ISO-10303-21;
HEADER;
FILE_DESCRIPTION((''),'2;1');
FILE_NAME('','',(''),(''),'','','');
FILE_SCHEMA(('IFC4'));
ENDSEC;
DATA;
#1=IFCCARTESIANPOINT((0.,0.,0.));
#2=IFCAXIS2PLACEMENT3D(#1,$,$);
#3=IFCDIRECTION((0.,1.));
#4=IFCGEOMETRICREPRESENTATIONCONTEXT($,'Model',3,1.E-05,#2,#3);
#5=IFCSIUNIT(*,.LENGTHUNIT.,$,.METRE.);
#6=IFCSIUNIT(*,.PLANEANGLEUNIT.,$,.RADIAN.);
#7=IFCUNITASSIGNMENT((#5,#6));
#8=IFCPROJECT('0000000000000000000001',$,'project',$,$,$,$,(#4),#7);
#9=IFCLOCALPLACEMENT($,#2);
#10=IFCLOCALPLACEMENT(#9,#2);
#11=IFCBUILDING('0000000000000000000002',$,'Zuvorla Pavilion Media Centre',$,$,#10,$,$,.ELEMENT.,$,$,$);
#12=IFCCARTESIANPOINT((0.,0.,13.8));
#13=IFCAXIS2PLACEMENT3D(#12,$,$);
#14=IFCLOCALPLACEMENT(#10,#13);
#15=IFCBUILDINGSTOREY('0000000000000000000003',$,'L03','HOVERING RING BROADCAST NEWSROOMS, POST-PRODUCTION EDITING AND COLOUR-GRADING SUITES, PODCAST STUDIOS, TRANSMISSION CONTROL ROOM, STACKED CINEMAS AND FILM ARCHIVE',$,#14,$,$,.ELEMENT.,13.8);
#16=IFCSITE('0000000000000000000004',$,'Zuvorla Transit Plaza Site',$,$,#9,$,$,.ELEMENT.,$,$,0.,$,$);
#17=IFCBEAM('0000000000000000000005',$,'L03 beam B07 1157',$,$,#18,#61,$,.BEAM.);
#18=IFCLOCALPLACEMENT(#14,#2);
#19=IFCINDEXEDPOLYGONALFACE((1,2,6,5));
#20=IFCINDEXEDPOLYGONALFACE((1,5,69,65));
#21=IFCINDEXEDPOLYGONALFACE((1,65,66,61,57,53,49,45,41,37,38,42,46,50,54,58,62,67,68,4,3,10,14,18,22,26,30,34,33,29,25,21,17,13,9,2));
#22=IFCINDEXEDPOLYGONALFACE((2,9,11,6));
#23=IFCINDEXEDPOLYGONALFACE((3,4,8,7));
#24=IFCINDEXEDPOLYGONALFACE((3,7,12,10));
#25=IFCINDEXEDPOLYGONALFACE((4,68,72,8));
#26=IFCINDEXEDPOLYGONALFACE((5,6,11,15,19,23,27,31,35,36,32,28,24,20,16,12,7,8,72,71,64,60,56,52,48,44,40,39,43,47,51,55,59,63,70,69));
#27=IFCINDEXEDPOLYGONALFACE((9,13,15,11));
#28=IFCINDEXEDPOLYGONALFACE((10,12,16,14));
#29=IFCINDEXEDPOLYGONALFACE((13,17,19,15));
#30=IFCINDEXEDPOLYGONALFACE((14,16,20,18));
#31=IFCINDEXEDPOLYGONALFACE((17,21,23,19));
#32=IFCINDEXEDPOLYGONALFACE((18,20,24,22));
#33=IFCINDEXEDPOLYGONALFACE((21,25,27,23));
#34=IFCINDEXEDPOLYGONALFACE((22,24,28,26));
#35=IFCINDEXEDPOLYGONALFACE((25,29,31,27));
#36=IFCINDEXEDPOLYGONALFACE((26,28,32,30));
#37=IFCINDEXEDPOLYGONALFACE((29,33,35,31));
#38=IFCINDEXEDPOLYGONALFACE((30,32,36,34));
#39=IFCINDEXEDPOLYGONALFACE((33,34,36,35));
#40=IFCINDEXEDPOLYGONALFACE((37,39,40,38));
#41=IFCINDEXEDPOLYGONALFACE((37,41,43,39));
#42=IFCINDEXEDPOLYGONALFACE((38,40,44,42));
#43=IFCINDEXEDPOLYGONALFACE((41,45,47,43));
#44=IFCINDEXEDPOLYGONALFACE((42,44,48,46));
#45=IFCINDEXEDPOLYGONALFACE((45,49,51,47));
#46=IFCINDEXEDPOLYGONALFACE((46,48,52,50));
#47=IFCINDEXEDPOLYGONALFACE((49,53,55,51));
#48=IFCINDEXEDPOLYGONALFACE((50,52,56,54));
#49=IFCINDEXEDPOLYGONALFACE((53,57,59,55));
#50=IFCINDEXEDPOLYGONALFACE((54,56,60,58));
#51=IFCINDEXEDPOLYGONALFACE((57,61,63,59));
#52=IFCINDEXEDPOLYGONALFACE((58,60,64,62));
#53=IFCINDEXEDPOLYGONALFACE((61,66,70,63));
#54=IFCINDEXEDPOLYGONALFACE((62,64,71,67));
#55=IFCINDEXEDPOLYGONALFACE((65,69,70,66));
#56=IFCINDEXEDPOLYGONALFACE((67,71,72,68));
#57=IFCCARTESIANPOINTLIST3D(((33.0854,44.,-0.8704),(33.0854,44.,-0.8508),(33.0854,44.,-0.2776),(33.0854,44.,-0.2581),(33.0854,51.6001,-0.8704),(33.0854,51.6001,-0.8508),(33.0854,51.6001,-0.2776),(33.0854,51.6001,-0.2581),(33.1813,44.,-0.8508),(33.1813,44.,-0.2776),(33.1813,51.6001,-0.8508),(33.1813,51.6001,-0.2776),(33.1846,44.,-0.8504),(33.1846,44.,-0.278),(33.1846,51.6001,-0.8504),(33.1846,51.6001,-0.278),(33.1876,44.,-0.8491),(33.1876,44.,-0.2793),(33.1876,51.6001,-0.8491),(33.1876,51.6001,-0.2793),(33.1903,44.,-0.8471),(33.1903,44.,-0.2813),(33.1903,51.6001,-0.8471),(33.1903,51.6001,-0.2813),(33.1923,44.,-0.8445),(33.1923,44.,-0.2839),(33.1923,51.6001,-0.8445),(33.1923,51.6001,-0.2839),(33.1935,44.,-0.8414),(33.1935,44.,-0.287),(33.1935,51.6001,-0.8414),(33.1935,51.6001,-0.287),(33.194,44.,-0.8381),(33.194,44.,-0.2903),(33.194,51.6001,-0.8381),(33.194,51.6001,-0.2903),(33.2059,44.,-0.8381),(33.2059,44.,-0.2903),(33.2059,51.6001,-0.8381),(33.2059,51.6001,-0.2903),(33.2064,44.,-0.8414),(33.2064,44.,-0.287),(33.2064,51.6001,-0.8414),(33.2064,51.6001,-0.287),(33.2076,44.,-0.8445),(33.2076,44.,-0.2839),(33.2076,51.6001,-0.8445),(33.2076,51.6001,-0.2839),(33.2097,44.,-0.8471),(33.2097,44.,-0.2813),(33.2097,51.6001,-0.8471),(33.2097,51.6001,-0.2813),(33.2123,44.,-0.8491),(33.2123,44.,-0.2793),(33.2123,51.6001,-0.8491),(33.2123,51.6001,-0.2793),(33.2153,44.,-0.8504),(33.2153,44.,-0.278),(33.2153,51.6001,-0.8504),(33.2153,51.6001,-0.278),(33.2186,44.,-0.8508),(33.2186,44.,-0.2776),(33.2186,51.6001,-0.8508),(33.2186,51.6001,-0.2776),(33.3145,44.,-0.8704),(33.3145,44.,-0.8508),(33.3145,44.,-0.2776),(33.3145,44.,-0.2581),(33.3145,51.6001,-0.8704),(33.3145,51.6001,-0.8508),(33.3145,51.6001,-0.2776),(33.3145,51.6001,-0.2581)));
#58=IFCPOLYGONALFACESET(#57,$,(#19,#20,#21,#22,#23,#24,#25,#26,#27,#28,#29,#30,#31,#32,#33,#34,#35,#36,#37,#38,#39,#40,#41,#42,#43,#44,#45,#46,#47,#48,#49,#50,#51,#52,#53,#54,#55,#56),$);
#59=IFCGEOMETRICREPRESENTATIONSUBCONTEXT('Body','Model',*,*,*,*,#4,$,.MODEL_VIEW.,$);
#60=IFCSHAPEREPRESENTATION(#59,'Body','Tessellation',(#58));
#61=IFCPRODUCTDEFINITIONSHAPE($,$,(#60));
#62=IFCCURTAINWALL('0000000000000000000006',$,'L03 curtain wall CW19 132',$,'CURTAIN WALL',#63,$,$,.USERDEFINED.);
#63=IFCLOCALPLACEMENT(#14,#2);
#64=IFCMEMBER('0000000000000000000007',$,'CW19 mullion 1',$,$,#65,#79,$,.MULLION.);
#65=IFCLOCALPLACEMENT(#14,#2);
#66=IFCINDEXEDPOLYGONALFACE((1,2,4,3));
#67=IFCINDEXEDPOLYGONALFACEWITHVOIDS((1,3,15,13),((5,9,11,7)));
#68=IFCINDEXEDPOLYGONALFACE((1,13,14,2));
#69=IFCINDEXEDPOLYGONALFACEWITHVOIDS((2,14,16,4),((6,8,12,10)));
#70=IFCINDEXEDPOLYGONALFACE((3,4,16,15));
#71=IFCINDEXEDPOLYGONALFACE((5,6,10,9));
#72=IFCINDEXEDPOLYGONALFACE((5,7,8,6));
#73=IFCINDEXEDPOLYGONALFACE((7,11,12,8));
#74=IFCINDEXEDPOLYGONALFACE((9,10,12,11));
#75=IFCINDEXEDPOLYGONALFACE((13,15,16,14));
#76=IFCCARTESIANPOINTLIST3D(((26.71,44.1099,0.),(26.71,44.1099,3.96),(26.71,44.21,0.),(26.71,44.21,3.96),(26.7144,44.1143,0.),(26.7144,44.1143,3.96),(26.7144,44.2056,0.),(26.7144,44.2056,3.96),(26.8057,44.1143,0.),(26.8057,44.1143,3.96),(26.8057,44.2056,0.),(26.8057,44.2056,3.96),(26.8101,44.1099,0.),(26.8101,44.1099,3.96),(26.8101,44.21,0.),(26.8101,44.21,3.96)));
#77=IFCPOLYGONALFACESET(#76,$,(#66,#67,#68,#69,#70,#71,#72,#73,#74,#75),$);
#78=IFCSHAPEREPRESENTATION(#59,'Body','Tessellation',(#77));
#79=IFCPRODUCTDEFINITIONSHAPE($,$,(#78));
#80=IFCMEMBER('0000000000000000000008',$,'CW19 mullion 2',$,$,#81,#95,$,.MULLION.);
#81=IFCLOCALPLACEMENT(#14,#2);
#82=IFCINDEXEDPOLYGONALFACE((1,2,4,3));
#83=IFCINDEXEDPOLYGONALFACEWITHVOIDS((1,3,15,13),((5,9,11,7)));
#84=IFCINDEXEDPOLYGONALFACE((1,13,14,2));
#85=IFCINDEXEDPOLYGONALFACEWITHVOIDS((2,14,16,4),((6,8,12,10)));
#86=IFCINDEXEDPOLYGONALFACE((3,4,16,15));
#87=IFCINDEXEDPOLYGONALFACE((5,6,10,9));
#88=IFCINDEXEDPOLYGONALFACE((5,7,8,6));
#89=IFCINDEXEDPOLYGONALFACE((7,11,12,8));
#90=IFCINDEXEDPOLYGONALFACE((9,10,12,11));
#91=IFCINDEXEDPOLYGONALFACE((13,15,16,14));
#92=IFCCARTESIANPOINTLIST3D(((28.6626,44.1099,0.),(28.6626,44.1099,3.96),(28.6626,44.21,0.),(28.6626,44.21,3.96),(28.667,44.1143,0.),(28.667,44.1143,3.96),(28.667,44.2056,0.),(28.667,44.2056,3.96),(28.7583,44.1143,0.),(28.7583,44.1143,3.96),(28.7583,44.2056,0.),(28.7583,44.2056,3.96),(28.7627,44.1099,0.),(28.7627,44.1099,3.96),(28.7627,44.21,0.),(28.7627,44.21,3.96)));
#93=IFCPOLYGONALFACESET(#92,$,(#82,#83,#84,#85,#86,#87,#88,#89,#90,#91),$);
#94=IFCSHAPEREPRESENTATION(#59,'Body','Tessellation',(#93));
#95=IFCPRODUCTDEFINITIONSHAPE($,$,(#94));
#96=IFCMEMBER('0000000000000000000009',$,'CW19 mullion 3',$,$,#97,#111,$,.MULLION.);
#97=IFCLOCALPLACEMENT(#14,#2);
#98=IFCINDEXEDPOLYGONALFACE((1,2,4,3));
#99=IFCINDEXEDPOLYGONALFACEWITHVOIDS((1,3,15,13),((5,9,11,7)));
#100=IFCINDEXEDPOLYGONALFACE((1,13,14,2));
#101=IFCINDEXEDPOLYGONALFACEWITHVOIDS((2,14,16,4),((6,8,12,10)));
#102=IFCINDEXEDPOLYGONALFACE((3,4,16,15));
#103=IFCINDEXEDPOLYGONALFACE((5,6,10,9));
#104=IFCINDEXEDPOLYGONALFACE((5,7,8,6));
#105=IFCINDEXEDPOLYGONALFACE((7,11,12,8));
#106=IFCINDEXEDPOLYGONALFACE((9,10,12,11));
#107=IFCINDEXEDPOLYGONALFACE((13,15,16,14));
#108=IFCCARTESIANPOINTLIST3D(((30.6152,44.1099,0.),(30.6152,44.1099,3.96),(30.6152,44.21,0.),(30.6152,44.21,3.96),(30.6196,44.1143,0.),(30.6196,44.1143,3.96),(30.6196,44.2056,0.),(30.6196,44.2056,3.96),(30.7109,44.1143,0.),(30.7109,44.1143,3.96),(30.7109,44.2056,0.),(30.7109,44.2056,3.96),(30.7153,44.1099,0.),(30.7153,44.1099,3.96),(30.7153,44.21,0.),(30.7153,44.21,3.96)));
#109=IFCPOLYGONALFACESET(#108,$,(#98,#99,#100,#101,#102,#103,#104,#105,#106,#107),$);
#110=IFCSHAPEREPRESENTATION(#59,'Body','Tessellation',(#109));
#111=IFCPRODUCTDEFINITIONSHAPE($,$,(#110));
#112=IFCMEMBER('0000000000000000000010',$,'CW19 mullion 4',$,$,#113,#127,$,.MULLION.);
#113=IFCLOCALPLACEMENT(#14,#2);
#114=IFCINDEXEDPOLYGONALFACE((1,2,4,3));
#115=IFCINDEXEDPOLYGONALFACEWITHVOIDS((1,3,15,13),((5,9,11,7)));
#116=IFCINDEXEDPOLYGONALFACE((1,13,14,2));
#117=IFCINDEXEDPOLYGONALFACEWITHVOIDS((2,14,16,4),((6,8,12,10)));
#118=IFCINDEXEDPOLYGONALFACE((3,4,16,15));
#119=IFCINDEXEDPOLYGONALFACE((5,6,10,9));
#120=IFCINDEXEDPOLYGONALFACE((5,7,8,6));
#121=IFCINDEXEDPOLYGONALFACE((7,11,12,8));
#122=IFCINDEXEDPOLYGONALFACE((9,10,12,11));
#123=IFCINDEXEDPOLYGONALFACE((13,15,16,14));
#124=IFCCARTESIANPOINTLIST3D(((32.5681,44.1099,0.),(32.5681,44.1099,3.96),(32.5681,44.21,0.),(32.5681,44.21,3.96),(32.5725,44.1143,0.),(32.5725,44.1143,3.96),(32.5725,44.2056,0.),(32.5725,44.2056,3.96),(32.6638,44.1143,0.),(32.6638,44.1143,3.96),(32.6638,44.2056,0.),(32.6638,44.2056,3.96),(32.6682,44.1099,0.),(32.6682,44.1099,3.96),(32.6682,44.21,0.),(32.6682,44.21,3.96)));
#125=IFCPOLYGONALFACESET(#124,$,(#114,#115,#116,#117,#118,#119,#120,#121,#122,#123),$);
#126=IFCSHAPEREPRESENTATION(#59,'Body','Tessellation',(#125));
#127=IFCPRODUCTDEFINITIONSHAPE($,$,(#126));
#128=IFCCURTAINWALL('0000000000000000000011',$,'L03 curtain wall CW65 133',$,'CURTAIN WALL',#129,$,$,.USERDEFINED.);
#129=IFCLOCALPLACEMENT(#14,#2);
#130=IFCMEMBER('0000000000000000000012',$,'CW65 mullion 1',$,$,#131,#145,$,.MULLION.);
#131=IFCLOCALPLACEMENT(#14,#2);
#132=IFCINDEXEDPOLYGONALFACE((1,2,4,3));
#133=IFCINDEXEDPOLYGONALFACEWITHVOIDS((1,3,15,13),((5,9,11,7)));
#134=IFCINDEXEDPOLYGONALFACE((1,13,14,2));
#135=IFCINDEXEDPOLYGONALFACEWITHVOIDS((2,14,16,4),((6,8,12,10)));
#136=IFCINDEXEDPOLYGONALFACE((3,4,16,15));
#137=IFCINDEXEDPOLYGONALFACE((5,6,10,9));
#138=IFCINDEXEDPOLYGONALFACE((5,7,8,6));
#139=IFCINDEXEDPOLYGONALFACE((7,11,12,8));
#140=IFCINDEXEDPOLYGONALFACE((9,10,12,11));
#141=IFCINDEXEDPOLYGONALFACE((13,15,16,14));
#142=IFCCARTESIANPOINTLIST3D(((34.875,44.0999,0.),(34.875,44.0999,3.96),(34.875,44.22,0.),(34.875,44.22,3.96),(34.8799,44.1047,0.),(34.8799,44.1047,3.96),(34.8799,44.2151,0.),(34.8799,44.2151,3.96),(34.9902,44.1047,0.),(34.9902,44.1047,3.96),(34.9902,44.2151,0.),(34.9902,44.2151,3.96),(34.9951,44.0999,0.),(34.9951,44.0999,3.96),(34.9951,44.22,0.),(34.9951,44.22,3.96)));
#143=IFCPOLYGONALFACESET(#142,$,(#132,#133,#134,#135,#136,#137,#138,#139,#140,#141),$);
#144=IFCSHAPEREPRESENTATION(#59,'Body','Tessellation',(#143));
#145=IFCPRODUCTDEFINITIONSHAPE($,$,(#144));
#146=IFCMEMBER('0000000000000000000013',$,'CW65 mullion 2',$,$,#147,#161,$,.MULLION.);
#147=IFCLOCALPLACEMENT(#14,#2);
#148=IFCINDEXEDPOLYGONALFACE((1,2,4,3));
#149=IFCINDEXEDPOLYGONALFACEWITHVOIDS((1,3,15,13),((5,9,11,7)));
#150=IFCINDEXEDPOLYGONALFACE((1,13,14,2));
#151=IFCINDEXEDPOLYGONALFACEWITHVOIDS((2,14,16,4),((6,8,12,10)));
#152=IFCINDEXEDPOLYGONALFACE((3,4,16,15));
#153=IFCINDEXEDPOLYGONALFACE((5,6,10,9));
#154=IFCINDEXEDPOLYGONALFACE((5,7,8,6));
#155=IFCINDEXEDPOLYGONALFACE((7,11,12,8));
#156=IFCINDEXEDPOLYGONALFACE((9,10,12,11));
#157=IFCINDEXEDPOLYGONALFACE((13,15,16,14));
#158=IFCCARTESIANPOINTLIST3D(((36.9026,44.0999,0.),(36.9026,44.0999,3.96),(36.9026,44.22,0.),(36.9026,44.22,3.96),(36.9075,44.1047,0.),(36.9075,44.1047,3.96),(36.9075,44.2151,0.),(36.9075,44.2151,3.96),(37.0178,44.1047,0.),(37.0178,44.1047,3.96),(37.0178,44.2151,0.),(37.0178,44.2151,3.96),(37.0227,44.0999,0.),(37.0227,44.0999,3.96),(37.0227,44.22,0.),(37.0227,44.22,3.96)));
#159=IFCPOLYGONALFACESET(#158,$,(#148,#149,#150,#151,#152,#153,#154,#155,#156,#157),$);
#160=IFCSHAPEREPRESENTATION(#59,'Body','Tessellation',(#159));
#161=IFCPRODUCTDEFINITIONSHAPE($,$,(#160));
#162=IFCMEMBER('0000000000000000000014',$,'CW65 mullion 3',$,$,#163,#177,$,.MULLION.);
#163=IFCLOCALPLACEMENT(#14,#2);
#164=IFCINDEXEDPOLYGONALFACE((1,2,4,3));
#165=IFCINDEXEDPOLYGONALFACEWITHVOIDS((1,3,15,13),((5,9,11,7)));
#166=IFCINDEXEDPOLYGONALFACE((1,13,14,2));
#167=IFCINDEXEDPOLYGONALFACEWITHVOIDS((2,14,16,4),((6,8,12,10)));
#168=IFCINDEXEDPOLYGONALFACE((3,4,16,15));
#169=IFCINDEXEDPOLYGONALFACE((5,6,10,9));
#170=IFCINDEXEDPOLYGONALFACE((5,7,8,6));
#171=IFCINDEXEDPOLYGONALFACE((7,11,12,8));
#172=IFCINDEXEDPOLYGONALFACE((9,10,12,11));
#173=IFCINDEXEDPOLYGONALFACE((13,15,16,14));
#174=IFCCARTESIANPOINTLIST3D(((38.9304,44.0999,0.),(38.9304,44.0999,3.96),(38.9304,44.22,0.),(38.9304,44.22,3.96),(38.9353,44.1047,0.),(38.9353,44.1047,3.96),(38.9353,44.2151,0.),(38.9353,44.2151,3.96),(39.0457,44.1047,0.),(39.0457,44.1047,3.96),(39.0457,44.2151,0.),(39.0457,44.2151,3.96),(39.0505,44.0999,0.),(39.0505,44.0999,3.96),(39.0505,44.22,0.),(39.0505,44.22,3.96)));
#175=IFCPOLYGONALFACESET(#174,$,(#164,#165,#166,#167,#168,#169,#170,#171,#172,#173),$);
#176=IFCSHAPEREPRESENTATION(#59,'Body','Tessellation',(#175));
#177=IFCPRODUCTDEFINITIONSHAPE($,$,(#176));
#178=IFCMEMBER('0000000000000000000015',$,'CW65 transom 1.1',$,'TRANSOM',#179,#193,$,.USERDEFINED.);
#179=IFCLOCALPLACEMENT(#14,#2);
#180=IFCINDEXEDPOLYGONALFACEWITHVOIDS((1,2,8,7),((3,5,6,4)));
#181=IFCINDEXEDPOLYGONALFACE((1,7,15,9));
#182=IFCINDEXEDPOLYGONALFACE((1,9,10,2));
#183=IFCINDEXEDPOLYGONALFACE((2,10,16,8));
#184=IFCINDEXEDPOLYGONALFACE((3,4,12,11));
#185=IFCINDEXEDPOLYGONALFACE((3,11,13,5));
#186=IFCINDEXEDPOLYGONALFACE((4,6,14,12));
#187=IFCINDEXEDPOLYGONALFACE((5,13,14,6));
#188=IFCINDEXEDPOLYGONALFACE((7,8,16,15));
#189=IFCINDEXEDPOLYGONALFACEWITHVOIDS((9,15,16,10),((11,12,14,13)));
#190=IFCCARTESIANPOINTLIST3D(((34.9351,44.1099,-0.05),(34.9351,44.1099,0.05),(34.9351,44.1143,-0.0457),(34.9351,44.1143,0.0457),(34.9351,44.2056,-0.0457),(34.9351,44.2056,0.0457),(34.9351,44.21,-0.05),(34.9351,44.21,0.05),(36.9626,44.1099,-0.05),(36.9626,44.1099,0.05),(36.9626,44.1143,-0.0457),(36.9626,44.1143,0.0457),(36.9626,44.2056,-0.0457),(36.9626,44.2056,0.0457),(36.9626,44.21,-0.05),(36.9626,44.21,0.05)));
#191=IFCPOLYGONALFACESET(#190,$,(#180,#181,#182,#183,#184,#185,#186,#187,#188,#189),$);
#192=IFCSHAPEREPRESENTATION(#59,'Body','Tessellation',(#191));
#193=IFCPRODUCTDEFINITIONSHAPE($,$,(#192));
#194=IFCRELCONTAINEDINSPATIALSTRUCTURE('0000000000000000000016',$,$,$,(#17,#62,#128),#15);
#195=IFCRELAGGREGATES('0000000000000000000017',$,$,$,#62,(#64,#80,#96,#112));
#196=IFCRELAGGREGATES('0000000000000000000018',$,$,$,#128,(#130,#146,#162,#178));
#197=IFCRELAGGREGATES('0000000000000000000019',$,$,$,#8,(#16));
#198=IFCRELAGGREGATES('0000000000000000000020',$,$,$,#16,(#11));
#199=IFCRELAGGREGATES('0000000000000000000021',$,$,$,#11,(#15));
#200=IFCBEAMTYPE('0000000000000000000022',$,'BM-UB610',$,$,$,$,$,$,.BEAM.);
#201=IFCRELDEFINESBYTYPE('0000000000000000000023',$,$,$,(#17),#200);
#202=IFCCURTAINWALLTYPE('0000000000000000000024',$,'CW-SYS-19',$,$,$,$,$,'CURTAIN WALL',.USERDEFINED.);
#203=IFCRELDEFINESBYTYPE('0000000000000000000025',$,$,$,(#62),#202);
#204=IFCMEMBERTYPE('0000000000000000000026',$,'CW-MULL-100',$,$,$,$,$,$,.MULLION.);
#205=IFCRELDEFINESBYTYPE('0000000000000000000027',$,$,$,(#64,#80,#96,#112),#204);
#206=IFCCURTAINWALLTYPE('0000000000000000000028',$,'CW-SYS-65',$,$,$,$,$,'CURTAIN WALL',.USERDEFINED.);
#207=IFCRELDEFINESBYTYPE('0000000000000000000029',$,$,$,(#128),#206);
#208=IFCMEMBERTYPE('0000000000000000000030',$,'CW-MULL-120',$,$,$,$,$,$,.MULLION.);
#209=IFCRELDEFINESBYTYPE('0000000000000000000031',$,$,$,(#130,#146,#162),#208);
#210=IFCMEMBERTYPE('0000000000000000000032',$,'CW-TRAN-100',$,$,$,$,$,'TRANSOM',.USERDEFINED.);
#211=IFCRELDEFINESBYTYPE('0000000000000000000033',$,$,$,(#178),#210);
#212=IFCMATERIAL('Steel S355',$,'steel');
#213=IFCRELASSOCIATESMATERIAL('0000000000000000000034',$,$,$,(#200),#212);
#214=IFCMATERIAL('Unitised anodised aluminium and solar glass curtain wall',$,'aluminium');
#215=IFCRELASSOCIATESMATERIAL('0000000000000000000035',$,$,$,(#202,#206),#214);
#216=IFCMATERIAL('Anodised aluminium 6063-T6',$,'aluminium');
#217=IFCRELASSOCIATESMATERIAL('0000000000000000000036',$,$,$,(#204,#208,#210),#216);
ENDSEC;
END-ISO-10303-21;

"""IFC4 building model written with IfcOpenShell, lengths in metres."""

from ifc_helpers import new_model, si_unit, direction, frame, origin, origin_2d, place, context, subcontext, project, spatial, hollow_rectangle, i_section, extrude, material, material_profile, profile_set, type_object, element, aggregate, save


model = new_model("IFC4")

# Units and contexts
model_context = context("Model", 3, precision=1e-05, world=origin(), true_north=direction((0.0, 1.0)))
body_context = subcontext(model_context, "Body", "Model", "MODEL_VIEW")
ifc_project = project(units=[si_unit("LENGTHUNIT", "METRE"), si_unit("PLANEANGLEUNIT", "RADIAN")], contexts=[model_context])

# Site, building, storey
site_placement = place(None, origin())
site = spatial("IfcSite", under=ifc_project, at=site_placement, Name="Zuvorla Transit Plaza Site", CompositionType="ELEMENT", RefElevation=0.0)
building_placement = place(site_placement, origin())
building = spatial("IfcBuilding", under=site, at=building_placement, Name="Zuvorla Pavilion Media Centre", CompositionType="ELEMENT")
storey_placement = place(building_placement, frame((0.0, 0.0, 13.8)))
storey = spatial("IfcBuildingStorey", under=building, at=storey_placement, Name="L03", Description="HOVERING RING BROADCAST NEWSROOMS, POST-PRODUCTION EDITING AND COLOUR-GRADING SUITES, PODCAST STUDIOS, TRANSMISSION CONTROL ROOM, STACKED CINEMAS AND FILM ARCHIVE", CompositionType="ELEMENT", Elevation=13.8)

# Beam
ifc_material_1 = material(Name="Steel S355", Category="steel")
ifc_material_profile_1 = material_profile(ifc_material_1, i_section(OverallWidth=0.229, OverallDepth=0.6123, WebThickness=0.012, FlangeThickness=0.0195, FilletRadius=0.0127, at=origin_2d()), Name="UB 610x229x125")
ifc_profile_set_1 = profile_set([ifc_material_profile_1], Name="Steel S355")
beam_type = type_object("IfcBeamType", Name="BM-UB610", PredefinedType="BEAM", material=ifc_profile_set_1)
beam_placement = place(storey_placement, frame((33.2, 44.0, -0.5642), z_axis=(0.0, 1.0, 0.0), x_axis=(-1.0, 0.0, 0.0)))
element("IfcBeam", 1, at=beam_placement, inside=storey, type_object=beam_type, Name="L03 beam B07 1157", PredefinedType="BEAM", context=body_context, shape_type="SweptSolid", body=[
    extrude(i_section(OverallWidth=0.229, OverallDepth=0.6123, WebThickness=0.012, FlangeThickness=0.0195, FilletRadius=0.0127, at=origin_2d()), origin(), (0.0, 0.0, 1.0), 7.6001),
])

# Curtain walls, members
ifc_material_2 = material(Name="Unitised anodised aluminium and solar glass curtain wall", Category="aluminium")
curtain_wall_type_1 = type_object("IfcCurtainWallType", Name="CW-SYS-19", ElementType="CURTAIN WALL", PredefinedType="USERDEFINED", material=ifc_material_2)
curtain_wall_1_placement = place(storey_placement, origin())
curtain_wall_1 = element("IfcCurtainWall", 2, at=curtain_wall_1_placement, inside=storey, type_object=curtain_wall_type_1, Name="L03 curtain wall CW19 132", ObjectType="CURTAIN WALL", PredefinedType="USERDEFINED")
ifc_material_3 = material(Name="Anodised aluminium 6063-T6", Category="aluminium")
ifc_material_profile_2 = material_profile(ifc_material_3, hollow_rectangle(XDim=0.1001, YDim=0.1001, WallThickness=0.0044, at=origin_2d()), Name="ALU MULL 100x100")
ifc_profile_set_2 = profile_set([ifc_material_profile_2], Name="Anodised aluminium 6063-T6")
member_type_1 = type_object("IfcMemberType", Name="CW-MULL-100", PredefinedType="MULLION", material=ifc_profile_set_2)
member_1_placement = place(storey_placement, frame((26.76, 44.1599, 0.0), z_axis=(0.0, 0.0, 1.0), x_axis=(1.0, 0.0, 0.0)))
member_1 = element("IfcMember", 3, at=member_1_placement, type_object=member_type_1, Name="CW19 mullion 1", PredefinedType="MULLION", context=body_context, shape_type="SweptSolid", body=[
    extrude(hollow_rectangle(XDim=0.1001, YDim=0.1001, WallThickness=0.0044, at=origin_2d()), origin(), (0.0, 0.0, 1.0), 3.96),
])
member_2_placement = place(storey_placement, frame((28.7126, 44.1599, 0.0), z_axis=(0.0, 0.0, 1.0), x_axis=(1.0, 0.0, 0.0)))
member_2 = element("IfcMember", 4, at=member_2_placement, type_object=member_type_1, Name="CW19 mullion 2", PredefinedType="MULLION", context=body_context, shape_type="SweptSolid", body=[
    extrude(hollow_rectangle(XDim=0.1001, YDim=0.1001, WallThickness=0.0044, at=origin_2d()), origin(), (0.0, 0.0, 1.0), 3.96),
])
member_3_placement = place(storey_placement, frame((30.6653, 44.1599, 0.0), z_axis=(0.0, 0.0, 1.0), x_axis=(1.0, 0.0, 0.0)))
member_3 = element("IfcMember", 5, at=member_3_placement, type_object=member_type_1, Name="CW19 mullion 3", PredefinedType="MULLION", context=body_context, shape_type="SweptSolid", body=[
    extrude(hollow_rectangle(XDim=0.1001, YDim=0.1001, WallThickness=0.0044, at=origin_2d()), origin(), (0.0, 0.0, 1.0), 3.96),
])
member_4_placement = place(storey_placement, frame((32.6182, 44.1599, 0.0), z_axis=(0.0, 0.0, 1.0), x_axis=(1.0, 0.0, 0.0)))
member_4 = element("IfcMember", 6, at=member_4_placement, type_object=member_type_1, Name="CW19 mullion 4", PredefinedType="MULLION", context=body_context, shape_type="SweptSolid", body=[
    extrude(hollow_rectangle(XDim=0.1001, YDim=0.1001, WallThickness=0.0044, at=origin_2d()), origin(), (0.0, 0.0, 1.0), 3.96),
])
curtain_wall_type_2 = type_object("IfcCurtainWallType", Name="CW-SYS-65", ElementType="CURTAIN WALL", PredefinedType="USERDEFINED", material=ifc_material_2)
curtain_wall_2_placement = place(storey_placement, origin())
curtain_wall_2 = element("IfcCurtainWall", 7, at=curtain_wall_2_placement, inside=storey, type_object=curtain_wall_type_2, Name="L03 curtain wall CW65 133", ObjectType="CURTAIN WALL", PredefinedType="USERDEFINED")
ifc_material_profile_3 = material_profile(ifc_material_3, hollow_rectangle(XDim=0.1201, YDim=0.1201, WallThickness=0.0049, at=origin_2d()), Name="ALU MULL 120x120")
ifc_profile_set_3 = profile_set([ifc_material_profile_3], Name="Anodised aluminium 6063-T6")
member_type_2 = type_object("IfcMemberType", Name="CW-MULL-120", PredefinedType="MULLION", material=ifc_profile_set_3)
member_5_placement = place(storey_placement, frame((34.9351, 44.1599, 0.0), z_axis=(0.0, 0.0, 1.0), x_axis=(1.0, 0.0, 0.0)))
member_5 = element("IfcMember", 8, at=member_5_placement, type_object=member_type_2, Name="CW65 mullion 1", PredefinedType="MULLION", context=body_context, shape_type="SweptSolid", body=[
    extrude(hollow_rectangle(XDim=0.1201, YDim=0.1201, WallThickness=0.0049, at=origin_2d()), origin(), (0.0, 0.0, 1.0), 3.96),
])
member_6_placement = place(storey_placement, frame((36.9626, 44.1599, 0.0), z_axis=(0.0, 0.0, 1.0), x_axis=(1.0, 0.0, 0.0)))
member_6 = element("IfcMember", 9, at=member_6_placement, type_object=member_type_2, Name="CW65 mullion 2", PredefinedType="MULLION", context=body_context, shape_type="SweptSolid", body=[
    extrude(hollow_rectangle(XDim=0.1201, YDim=0.1201, WallThickness=0.0049, at=origin_2d()), origin(), (0.0, 0.0, 1.0), 3.96),
])
member_7_placement = place(storey_placement, frame((38.9905, 44.1599, 0.0), z_axis=(0.0, 0.0, 1.0), x_axis=(1.0, 0.0, 0.0)))
member_7 = element("IfcMember", 10, at=member_7_placement, type_object=member_type_2, Name="CW65 mullion 3", PredefinedType="MULLION", context=body_context, shape_type="SweptSolid", body=[
    extrude(hollow_rectangle(XDim=0.1201, YDim=0.1201, WallThickness=0.0049, at=origin_2d()), origin(), (0.0, 0.0, 1.0), 3.96),
])
ifc_material_profile_4 = material_profile(ifc_material_3, hollow_rectangle(XDim=0.1001, YDim=0.1001, WallThickness=0.0044, at=origin_2d()), Name="ALU TRAN 100x100")
ifc_profile_set_4 = profile_set([ifc_material_profile_4], Name="Anodised aluminium 6063-T6")
member_type_3 = type_object("IfcMemberType", Name="CW-TRAN-100", ElementType="TRANSOM", PredefinedType="USERDEFINED", material=ifc_profile_set_4)
member_8_placement = place(storey_placement, frame((34.9351, 44.1599, 0.0), z_axis=(1.0, 0.0, 0.0), x_axis=(0.0, 1.0, 0.0)))
member_8 = element("IfcMember", 11, at=member_8_placement, type_object=member_type_3, Name="CW65 transom 1.1", ObjectType="TRANSOM", PredefinedType="USERDEFINED", context=body_context, shape_type="SweptSolid", body=[
    extrude(hollow_rectangle(XDim=0.1001, YDim=0.1001, WallThickness=0.0044, at=origin_2d()), origin(), (0.0, 0.0, 1.0), 2.0276),
])

aggregate(curtain_wall_1, [member_1, member_2, member_3, member_4])
aggregate(curtain_wall_2, [member_5, member_6, member_7, member_8])

save(model, "model.ifc")
